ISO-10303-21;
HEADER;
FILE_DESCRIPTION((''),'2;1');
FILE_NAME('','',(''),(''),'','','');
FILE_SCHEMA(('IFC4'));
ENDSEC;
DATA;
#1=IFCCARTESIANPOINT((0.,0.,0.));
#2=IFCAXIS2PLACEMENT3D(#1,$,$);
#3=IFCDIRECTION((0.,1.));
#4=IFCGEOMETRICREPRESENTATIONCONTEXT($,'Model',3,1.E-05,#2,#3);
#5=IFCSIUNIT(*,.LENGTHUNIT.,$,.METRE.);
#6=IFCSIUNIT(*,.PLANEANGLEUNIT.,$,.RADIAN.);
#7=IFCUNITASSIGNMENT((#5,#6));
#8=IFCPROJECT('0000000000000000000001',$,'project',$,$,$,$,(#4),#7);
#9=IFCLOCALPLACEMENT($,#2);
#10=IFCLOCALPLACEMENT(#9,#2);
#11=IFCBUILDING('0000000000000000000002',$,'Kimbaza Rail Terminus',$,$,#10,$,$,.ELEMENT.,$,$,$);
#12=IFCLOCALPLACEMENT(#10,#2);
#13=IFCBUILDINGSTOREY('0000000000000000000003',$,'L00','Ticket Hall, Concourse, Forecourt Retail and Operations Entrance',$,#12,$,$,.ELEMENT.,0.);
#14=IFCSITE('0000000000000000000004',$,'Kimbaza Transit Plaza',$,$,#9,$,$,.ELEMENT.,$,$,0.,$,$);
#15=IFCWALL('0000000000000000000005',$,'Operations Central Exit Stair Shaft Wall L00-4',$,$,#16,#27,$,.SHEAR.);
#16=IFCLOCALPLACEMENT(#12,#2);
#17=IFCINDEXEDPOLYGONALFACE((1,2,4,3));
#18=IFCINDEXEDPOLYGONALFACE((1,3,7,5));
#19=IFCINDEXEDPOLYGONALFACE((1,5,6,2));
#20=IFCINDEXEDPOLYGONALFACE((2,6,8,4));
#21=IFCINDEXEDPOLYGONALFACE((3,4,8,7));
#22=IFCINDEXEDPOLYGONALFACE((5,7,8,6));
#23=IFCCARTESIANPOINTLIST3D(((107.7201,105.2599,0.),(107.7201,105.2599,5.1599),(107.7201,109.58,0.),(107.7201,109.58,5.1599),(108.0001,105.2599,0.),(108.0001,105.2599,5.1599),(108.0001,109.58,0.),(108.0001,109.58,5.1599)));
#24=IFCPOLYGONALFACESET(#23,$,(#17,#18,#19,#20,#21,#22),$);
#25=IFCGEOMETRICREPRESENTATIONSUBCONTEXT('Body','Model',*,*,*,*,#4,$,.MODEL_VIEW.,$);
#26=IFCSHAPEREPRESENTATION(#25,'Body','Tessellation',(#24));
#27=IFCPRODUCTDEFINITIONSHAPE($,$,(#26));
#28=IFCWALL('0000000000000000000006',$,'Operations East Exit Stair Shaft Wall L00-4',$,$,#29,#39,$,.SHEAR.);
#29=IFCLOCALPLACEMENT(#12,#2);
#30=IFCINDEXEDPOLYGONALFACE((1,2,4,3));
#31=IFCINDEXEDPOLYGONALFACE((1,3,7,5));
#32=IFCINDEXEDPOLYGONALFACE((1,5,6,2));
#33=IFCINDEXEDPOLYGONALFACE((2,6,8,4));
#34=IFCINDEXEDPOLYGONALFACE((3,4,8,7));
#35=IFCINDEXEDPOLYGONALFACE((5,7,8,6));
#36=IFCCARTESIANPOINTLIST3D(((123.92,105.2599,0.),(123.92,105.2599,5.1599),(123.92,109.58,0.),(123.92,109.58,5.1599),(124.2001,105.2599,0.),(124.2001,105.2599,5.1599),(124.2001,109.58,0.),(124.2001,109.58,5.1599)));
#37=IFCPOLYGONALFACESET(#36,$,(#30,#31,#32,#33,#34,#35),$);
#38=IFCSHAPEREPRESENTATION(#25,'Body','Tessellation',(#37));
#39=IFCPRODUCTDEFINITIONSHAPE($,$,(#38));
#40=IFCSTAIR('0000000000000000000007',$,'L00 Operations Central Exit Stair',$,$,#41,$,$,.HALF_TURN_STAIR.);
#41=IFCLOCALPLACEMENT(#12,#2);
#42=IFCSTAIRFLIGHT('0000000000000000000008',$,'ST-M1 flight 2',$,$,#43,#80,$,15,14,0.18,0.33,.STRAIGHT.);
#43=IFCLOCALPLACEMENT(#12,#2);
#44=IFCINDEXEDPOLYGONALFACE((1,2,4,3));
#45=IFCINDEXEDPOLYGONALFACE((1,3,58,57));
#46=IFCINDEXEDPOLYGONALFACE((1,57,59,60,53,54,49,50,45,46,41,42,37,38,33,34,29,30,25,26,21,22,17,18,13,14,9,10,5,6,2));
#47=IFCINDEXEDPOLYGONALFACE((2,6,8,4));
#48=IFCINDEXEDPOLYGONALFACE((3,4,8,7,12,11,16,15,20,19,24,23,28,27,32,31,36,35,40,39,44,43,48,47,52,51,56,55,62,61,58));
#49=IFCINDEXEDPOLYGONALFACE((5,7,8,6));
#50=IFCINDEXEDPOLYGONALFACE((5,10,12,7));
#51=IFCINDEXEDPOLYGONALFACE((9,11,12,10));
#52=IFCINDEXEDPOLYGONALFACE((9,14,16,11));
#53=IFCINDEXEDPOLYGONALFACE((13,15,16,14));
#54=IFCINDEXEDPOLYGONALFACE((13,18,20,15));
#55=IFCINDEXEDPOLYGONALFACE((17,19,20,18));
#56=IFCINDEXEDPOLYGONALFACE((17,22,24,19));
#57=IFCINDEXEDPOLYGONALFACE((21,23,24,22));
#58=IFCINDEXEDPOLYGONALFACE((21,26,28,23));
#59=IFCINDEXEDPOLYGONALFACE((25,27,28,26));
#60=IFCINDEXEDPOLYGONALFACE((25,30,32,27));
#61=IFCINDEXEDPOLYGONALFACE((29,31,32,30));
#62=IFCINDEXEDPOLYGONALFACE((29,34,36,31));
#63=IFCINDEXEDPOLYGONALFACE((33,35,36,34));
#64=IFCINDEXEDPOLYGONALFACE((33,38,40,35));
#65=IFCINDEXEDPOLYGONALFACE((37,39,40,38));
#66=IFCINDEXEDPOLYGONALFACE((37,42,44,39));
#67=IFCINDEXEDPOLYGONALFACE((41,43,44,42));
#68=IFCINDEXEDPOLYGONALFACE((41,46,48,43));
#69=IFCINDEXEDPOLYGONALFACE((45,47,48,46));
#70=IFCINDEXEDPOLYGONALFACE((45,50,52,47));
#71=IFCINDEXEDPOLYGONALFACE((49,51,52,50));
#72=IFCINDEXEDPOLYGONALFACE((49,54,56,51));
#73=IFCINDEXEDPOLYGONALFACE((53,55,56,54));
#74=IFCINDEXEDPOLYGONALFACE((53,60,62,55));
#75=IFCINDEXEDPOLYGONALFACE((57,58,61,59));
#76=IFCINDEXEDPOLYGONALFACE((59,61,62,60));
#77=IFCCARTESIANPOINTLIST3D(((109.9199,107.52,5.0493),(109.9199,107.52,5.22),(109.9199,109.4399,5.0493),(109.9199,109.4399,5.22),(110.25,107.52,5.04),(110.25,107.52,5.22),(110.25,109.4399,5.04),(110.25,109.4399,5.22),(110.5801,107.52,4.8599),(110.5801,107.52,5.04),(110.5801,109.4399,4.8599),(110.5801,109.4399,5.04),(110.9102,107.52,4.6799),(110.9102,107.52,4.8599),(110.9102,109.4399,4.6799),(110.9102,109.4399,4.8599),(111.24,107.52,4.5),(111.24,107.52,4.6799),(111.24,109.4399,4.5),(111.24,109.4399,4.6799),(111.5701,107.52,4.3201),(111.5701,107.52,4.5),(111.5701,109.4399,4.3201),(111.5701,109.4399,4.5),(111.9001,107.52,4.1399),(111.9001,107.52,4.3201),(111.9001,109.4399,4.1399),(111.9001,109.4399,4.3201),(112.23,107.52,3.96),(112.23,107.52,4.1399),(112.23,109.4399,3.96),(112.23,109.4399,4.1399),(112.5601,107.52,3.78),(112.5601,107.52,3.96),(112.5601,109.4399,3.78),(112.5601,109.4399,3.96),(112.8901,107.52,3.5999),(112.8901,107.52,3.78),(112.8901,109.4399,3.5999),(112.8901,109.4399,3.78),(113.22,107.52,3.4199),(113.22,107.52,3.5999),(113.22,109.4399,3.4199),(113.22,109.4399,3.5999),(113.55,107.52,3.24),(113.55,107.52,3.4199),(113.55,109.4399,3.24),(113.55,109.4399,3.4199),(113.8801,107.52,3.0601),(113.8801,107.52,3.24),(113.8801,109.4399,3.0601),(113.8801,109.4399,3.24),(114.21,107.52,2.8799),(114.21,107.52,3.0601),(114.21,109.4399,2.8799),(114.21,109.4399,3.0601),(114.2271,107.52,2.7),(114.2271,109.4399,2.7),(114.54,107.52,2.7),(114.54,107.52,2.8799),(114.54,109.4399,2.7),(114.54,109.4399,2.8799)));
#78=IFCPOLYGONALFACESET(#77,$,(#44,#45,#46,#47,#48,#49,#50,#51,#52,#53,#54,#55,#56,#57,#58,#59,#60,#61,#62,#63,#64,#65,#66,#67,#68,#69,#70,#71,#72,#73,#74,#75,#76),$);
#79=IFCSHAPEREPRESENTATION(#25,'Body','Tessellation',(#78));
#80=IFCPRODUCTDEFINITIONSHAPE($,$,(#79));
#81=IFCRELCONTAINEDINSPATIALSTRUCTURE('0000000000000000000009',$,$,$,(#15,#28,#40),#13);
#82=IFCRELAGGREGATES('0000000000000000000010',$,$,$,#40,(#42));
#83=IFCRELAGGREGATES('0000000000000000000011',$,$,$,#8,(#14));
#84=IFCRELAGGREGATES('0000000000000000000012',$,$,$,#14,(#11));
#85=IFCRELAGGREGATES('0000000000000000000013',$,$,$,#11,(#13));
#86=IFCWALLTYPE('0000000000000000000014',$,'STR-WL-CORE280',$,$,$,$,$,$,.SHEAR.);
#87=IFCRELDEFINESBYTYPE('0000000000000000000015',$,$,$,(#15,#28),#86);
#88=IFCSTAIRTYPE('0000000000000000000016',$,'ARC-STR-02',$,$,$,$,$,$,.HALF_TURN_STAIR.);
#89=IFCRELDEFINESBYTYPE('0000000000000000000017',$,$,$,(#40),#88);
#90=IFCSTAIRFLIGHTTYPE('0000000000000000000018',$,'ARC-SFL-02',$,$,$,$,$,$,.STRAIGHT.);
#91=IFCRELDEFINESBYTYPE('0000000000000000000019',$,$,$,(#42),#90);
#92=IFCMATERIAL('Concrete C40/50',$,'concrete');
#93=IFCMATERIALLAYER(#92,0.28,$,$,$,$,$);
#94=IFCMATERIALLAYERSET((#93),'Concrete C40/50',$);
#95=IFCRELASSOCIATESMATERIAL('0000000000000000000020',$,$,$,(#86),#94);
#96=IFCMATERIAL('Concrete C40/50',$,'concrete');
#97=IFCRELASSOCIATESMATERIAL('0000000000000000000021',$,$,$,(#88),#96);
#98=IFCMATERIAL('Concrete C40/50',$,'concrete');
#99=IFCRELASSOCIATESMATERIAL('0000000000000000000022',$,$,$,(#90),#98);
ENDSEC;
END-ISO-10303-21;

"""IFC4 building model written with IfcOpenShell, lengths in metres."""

from ifc_helpers import new_model, si_unit, direction, frame, frame_2d, origin, place, context, subcontext, project, spatial, polyline, rectangle, outline, extrude, material, layer, layer_set, type_object, element, aggregate, save


model = new_model("IFC4")

# Units and contexts
model_context = context("Model", 3, precision=1e-05, world=origin(), true_north=direction((0.0, 1.0)))
body_context = subcontext(model_context, "Body", "Model", "MODEL_VIEW")
ifc_project = project(units=[si_unit("LENGTHUNIT", "METRE"), si_unit("PLANEANGLEUNIT", "RADIAN")], contexts=[model_context])

# Site, building, storey
site_placement = place(None, origin())
site = spatial("IfcSite", under=ifc_project, at=site_placement, Name="Kimbaza Transit Plaza", CompositionType="ELEMENT", RefElevation=0.0)
building_placement = place(site_placement, origin())
building = spatial("IfcBuilding", under=site, at=building_placement, Name="Kimbaza Rail Terminus", CompositionType="ELEMENT")
storey_placement = place(building_placement, origin())
storey = spatial("IfcBuildingStorey", under=building, at=storey_placement, Name="L00", Description="Ticket Hall, Concourse, Forecourt Retail and Operations Entrance", CompositionType="ELEMENT", Elevation=0.0)

# Shared definitions
ifc_material_1 = material(Name="Concrete C40/50", Category="concrete")
ifc_layer_1 = layer(ifc_material_1, 0.28)
ifc_layer_set_1 = layer_set([ifc_layer_1], Name="Concrete C40/50")
wall_type_1 = type_object("IfcWallType", Name="STR-WL-CORE280", PredefinedType="SHEAR", material=ifc_layer_set_1)

# Walls
for number, where, z_axis, x_axis, name in (
    (1, (107.8601, 109.5801, 0.0), (0.0, 0.0, 1.0), (0.0, -1.0, 0.0), "Operations Central Exit Stair Shaft Wall L00-4"),
    (2, (124.0601, 109.5801, 0.0), (0.0, 0.0, 1.0), (0.0, -1.0, 0.0), "Operations East Exit Stair Shaft Wall L00-4"),
):
    element("IfcWall", number, at=place(storey_placement, frame(where, z_axis=z_axis, x_axis=x_axis)), inside=storey, type_object=wall_type_1, Name=name, PredefinedType="SHEAR", context=body_context, shape_type="SweptSolid", body=[
        extrude(rectangle(XDim=4.3201, YDim=0.28, at=frame_2d((2.1602, 0.0))), origin(), (0.0, 0.0, 1.0), 5.1599),
    ])

# Stair, stair flight
ifc_material_2 = material(Name="Concrete C40/50", Category="concrete")
stair_type = type_object("IfcStairType", Name="ARC-STR-02", PredefinedType="HALF_TURN_STAIR", material=ifc_material_2)
stair_placement = place(storey_placement, origin())
stair = element("IfcStair", 3, at=stair_placement, inside=storey, type_object=stair_type, Name="L00 Operations Central Exit Stair", PredefinedType="HALF_TURN_STAIR")
ifc_material_3 = material(Name="Concrete C40/50", Category="concrete")
stair_flight_type = type_object("IfcStairFlightType", Name="ARC-SFL-02", PredefinedType="STRAIGHT", material=ifc_material_3)
stair_flight_placement = place(storey_placement, frame((114.54, 108.48, 2.7), z_axis=(0.0, 0.0, 1.0), x_axis=(-1.0, 0.0, 0.0)))
stair_flight = element("IfcStairFlight", 4, at=stair_flight_placement, type_object=stair_flight_type, Name="ST-M1 flight 2", NumberOfRisers=15, NumberOfTreads=14, PredefinedType="STRAIGHT", RiserHeight=0.18, TreadLength=0.33, context=body_context, shape_type="SweptSolid", body=[
    extrude(outline(polyline([(0.0, 0.0), (0.0, 0.1799), (0.3301, 0.1799), (0.3301, 0.3601), (0.6599, 0.3601), (0.6599, 0.54), (0.99, 0.54), (0.99, 0.72), (1.3201, 0.72), (1.3201, 0.8999), (1.6499, 0.8999), (1.6499, 1.0801), (1.98, 1.0801), (1.98, 1.26), (2.3101, 1.26), (2.3101, 1.4399), (2.6399, 1.4399), (2.6399, 1.6201), (2.97, 1.6201), (2.97, 1.8), (3.3, 1.8), (3.3, 1.98), (3.6299, 1.98), (3.6299, 2.1599), (3.96, 2.1599), (3.96, 2.3401), (4.29, 2.3401), (4.29, 2.52), (4.6201, 2.52), (4.6201, 2.7), (4.6201, 2.3494), (0.313, 0.0), (0.0, 0.0)])), frame((0.0, 0.96, 0.0), z_axis=(0.0, -1.0, 0.0), x_axis=(1.0, 0.0, 0.0)), (0.0, 0.0, 1.0), 1.9199),
])
aggregate(stair, [stair_flight])

save(model, "model.ifc")
